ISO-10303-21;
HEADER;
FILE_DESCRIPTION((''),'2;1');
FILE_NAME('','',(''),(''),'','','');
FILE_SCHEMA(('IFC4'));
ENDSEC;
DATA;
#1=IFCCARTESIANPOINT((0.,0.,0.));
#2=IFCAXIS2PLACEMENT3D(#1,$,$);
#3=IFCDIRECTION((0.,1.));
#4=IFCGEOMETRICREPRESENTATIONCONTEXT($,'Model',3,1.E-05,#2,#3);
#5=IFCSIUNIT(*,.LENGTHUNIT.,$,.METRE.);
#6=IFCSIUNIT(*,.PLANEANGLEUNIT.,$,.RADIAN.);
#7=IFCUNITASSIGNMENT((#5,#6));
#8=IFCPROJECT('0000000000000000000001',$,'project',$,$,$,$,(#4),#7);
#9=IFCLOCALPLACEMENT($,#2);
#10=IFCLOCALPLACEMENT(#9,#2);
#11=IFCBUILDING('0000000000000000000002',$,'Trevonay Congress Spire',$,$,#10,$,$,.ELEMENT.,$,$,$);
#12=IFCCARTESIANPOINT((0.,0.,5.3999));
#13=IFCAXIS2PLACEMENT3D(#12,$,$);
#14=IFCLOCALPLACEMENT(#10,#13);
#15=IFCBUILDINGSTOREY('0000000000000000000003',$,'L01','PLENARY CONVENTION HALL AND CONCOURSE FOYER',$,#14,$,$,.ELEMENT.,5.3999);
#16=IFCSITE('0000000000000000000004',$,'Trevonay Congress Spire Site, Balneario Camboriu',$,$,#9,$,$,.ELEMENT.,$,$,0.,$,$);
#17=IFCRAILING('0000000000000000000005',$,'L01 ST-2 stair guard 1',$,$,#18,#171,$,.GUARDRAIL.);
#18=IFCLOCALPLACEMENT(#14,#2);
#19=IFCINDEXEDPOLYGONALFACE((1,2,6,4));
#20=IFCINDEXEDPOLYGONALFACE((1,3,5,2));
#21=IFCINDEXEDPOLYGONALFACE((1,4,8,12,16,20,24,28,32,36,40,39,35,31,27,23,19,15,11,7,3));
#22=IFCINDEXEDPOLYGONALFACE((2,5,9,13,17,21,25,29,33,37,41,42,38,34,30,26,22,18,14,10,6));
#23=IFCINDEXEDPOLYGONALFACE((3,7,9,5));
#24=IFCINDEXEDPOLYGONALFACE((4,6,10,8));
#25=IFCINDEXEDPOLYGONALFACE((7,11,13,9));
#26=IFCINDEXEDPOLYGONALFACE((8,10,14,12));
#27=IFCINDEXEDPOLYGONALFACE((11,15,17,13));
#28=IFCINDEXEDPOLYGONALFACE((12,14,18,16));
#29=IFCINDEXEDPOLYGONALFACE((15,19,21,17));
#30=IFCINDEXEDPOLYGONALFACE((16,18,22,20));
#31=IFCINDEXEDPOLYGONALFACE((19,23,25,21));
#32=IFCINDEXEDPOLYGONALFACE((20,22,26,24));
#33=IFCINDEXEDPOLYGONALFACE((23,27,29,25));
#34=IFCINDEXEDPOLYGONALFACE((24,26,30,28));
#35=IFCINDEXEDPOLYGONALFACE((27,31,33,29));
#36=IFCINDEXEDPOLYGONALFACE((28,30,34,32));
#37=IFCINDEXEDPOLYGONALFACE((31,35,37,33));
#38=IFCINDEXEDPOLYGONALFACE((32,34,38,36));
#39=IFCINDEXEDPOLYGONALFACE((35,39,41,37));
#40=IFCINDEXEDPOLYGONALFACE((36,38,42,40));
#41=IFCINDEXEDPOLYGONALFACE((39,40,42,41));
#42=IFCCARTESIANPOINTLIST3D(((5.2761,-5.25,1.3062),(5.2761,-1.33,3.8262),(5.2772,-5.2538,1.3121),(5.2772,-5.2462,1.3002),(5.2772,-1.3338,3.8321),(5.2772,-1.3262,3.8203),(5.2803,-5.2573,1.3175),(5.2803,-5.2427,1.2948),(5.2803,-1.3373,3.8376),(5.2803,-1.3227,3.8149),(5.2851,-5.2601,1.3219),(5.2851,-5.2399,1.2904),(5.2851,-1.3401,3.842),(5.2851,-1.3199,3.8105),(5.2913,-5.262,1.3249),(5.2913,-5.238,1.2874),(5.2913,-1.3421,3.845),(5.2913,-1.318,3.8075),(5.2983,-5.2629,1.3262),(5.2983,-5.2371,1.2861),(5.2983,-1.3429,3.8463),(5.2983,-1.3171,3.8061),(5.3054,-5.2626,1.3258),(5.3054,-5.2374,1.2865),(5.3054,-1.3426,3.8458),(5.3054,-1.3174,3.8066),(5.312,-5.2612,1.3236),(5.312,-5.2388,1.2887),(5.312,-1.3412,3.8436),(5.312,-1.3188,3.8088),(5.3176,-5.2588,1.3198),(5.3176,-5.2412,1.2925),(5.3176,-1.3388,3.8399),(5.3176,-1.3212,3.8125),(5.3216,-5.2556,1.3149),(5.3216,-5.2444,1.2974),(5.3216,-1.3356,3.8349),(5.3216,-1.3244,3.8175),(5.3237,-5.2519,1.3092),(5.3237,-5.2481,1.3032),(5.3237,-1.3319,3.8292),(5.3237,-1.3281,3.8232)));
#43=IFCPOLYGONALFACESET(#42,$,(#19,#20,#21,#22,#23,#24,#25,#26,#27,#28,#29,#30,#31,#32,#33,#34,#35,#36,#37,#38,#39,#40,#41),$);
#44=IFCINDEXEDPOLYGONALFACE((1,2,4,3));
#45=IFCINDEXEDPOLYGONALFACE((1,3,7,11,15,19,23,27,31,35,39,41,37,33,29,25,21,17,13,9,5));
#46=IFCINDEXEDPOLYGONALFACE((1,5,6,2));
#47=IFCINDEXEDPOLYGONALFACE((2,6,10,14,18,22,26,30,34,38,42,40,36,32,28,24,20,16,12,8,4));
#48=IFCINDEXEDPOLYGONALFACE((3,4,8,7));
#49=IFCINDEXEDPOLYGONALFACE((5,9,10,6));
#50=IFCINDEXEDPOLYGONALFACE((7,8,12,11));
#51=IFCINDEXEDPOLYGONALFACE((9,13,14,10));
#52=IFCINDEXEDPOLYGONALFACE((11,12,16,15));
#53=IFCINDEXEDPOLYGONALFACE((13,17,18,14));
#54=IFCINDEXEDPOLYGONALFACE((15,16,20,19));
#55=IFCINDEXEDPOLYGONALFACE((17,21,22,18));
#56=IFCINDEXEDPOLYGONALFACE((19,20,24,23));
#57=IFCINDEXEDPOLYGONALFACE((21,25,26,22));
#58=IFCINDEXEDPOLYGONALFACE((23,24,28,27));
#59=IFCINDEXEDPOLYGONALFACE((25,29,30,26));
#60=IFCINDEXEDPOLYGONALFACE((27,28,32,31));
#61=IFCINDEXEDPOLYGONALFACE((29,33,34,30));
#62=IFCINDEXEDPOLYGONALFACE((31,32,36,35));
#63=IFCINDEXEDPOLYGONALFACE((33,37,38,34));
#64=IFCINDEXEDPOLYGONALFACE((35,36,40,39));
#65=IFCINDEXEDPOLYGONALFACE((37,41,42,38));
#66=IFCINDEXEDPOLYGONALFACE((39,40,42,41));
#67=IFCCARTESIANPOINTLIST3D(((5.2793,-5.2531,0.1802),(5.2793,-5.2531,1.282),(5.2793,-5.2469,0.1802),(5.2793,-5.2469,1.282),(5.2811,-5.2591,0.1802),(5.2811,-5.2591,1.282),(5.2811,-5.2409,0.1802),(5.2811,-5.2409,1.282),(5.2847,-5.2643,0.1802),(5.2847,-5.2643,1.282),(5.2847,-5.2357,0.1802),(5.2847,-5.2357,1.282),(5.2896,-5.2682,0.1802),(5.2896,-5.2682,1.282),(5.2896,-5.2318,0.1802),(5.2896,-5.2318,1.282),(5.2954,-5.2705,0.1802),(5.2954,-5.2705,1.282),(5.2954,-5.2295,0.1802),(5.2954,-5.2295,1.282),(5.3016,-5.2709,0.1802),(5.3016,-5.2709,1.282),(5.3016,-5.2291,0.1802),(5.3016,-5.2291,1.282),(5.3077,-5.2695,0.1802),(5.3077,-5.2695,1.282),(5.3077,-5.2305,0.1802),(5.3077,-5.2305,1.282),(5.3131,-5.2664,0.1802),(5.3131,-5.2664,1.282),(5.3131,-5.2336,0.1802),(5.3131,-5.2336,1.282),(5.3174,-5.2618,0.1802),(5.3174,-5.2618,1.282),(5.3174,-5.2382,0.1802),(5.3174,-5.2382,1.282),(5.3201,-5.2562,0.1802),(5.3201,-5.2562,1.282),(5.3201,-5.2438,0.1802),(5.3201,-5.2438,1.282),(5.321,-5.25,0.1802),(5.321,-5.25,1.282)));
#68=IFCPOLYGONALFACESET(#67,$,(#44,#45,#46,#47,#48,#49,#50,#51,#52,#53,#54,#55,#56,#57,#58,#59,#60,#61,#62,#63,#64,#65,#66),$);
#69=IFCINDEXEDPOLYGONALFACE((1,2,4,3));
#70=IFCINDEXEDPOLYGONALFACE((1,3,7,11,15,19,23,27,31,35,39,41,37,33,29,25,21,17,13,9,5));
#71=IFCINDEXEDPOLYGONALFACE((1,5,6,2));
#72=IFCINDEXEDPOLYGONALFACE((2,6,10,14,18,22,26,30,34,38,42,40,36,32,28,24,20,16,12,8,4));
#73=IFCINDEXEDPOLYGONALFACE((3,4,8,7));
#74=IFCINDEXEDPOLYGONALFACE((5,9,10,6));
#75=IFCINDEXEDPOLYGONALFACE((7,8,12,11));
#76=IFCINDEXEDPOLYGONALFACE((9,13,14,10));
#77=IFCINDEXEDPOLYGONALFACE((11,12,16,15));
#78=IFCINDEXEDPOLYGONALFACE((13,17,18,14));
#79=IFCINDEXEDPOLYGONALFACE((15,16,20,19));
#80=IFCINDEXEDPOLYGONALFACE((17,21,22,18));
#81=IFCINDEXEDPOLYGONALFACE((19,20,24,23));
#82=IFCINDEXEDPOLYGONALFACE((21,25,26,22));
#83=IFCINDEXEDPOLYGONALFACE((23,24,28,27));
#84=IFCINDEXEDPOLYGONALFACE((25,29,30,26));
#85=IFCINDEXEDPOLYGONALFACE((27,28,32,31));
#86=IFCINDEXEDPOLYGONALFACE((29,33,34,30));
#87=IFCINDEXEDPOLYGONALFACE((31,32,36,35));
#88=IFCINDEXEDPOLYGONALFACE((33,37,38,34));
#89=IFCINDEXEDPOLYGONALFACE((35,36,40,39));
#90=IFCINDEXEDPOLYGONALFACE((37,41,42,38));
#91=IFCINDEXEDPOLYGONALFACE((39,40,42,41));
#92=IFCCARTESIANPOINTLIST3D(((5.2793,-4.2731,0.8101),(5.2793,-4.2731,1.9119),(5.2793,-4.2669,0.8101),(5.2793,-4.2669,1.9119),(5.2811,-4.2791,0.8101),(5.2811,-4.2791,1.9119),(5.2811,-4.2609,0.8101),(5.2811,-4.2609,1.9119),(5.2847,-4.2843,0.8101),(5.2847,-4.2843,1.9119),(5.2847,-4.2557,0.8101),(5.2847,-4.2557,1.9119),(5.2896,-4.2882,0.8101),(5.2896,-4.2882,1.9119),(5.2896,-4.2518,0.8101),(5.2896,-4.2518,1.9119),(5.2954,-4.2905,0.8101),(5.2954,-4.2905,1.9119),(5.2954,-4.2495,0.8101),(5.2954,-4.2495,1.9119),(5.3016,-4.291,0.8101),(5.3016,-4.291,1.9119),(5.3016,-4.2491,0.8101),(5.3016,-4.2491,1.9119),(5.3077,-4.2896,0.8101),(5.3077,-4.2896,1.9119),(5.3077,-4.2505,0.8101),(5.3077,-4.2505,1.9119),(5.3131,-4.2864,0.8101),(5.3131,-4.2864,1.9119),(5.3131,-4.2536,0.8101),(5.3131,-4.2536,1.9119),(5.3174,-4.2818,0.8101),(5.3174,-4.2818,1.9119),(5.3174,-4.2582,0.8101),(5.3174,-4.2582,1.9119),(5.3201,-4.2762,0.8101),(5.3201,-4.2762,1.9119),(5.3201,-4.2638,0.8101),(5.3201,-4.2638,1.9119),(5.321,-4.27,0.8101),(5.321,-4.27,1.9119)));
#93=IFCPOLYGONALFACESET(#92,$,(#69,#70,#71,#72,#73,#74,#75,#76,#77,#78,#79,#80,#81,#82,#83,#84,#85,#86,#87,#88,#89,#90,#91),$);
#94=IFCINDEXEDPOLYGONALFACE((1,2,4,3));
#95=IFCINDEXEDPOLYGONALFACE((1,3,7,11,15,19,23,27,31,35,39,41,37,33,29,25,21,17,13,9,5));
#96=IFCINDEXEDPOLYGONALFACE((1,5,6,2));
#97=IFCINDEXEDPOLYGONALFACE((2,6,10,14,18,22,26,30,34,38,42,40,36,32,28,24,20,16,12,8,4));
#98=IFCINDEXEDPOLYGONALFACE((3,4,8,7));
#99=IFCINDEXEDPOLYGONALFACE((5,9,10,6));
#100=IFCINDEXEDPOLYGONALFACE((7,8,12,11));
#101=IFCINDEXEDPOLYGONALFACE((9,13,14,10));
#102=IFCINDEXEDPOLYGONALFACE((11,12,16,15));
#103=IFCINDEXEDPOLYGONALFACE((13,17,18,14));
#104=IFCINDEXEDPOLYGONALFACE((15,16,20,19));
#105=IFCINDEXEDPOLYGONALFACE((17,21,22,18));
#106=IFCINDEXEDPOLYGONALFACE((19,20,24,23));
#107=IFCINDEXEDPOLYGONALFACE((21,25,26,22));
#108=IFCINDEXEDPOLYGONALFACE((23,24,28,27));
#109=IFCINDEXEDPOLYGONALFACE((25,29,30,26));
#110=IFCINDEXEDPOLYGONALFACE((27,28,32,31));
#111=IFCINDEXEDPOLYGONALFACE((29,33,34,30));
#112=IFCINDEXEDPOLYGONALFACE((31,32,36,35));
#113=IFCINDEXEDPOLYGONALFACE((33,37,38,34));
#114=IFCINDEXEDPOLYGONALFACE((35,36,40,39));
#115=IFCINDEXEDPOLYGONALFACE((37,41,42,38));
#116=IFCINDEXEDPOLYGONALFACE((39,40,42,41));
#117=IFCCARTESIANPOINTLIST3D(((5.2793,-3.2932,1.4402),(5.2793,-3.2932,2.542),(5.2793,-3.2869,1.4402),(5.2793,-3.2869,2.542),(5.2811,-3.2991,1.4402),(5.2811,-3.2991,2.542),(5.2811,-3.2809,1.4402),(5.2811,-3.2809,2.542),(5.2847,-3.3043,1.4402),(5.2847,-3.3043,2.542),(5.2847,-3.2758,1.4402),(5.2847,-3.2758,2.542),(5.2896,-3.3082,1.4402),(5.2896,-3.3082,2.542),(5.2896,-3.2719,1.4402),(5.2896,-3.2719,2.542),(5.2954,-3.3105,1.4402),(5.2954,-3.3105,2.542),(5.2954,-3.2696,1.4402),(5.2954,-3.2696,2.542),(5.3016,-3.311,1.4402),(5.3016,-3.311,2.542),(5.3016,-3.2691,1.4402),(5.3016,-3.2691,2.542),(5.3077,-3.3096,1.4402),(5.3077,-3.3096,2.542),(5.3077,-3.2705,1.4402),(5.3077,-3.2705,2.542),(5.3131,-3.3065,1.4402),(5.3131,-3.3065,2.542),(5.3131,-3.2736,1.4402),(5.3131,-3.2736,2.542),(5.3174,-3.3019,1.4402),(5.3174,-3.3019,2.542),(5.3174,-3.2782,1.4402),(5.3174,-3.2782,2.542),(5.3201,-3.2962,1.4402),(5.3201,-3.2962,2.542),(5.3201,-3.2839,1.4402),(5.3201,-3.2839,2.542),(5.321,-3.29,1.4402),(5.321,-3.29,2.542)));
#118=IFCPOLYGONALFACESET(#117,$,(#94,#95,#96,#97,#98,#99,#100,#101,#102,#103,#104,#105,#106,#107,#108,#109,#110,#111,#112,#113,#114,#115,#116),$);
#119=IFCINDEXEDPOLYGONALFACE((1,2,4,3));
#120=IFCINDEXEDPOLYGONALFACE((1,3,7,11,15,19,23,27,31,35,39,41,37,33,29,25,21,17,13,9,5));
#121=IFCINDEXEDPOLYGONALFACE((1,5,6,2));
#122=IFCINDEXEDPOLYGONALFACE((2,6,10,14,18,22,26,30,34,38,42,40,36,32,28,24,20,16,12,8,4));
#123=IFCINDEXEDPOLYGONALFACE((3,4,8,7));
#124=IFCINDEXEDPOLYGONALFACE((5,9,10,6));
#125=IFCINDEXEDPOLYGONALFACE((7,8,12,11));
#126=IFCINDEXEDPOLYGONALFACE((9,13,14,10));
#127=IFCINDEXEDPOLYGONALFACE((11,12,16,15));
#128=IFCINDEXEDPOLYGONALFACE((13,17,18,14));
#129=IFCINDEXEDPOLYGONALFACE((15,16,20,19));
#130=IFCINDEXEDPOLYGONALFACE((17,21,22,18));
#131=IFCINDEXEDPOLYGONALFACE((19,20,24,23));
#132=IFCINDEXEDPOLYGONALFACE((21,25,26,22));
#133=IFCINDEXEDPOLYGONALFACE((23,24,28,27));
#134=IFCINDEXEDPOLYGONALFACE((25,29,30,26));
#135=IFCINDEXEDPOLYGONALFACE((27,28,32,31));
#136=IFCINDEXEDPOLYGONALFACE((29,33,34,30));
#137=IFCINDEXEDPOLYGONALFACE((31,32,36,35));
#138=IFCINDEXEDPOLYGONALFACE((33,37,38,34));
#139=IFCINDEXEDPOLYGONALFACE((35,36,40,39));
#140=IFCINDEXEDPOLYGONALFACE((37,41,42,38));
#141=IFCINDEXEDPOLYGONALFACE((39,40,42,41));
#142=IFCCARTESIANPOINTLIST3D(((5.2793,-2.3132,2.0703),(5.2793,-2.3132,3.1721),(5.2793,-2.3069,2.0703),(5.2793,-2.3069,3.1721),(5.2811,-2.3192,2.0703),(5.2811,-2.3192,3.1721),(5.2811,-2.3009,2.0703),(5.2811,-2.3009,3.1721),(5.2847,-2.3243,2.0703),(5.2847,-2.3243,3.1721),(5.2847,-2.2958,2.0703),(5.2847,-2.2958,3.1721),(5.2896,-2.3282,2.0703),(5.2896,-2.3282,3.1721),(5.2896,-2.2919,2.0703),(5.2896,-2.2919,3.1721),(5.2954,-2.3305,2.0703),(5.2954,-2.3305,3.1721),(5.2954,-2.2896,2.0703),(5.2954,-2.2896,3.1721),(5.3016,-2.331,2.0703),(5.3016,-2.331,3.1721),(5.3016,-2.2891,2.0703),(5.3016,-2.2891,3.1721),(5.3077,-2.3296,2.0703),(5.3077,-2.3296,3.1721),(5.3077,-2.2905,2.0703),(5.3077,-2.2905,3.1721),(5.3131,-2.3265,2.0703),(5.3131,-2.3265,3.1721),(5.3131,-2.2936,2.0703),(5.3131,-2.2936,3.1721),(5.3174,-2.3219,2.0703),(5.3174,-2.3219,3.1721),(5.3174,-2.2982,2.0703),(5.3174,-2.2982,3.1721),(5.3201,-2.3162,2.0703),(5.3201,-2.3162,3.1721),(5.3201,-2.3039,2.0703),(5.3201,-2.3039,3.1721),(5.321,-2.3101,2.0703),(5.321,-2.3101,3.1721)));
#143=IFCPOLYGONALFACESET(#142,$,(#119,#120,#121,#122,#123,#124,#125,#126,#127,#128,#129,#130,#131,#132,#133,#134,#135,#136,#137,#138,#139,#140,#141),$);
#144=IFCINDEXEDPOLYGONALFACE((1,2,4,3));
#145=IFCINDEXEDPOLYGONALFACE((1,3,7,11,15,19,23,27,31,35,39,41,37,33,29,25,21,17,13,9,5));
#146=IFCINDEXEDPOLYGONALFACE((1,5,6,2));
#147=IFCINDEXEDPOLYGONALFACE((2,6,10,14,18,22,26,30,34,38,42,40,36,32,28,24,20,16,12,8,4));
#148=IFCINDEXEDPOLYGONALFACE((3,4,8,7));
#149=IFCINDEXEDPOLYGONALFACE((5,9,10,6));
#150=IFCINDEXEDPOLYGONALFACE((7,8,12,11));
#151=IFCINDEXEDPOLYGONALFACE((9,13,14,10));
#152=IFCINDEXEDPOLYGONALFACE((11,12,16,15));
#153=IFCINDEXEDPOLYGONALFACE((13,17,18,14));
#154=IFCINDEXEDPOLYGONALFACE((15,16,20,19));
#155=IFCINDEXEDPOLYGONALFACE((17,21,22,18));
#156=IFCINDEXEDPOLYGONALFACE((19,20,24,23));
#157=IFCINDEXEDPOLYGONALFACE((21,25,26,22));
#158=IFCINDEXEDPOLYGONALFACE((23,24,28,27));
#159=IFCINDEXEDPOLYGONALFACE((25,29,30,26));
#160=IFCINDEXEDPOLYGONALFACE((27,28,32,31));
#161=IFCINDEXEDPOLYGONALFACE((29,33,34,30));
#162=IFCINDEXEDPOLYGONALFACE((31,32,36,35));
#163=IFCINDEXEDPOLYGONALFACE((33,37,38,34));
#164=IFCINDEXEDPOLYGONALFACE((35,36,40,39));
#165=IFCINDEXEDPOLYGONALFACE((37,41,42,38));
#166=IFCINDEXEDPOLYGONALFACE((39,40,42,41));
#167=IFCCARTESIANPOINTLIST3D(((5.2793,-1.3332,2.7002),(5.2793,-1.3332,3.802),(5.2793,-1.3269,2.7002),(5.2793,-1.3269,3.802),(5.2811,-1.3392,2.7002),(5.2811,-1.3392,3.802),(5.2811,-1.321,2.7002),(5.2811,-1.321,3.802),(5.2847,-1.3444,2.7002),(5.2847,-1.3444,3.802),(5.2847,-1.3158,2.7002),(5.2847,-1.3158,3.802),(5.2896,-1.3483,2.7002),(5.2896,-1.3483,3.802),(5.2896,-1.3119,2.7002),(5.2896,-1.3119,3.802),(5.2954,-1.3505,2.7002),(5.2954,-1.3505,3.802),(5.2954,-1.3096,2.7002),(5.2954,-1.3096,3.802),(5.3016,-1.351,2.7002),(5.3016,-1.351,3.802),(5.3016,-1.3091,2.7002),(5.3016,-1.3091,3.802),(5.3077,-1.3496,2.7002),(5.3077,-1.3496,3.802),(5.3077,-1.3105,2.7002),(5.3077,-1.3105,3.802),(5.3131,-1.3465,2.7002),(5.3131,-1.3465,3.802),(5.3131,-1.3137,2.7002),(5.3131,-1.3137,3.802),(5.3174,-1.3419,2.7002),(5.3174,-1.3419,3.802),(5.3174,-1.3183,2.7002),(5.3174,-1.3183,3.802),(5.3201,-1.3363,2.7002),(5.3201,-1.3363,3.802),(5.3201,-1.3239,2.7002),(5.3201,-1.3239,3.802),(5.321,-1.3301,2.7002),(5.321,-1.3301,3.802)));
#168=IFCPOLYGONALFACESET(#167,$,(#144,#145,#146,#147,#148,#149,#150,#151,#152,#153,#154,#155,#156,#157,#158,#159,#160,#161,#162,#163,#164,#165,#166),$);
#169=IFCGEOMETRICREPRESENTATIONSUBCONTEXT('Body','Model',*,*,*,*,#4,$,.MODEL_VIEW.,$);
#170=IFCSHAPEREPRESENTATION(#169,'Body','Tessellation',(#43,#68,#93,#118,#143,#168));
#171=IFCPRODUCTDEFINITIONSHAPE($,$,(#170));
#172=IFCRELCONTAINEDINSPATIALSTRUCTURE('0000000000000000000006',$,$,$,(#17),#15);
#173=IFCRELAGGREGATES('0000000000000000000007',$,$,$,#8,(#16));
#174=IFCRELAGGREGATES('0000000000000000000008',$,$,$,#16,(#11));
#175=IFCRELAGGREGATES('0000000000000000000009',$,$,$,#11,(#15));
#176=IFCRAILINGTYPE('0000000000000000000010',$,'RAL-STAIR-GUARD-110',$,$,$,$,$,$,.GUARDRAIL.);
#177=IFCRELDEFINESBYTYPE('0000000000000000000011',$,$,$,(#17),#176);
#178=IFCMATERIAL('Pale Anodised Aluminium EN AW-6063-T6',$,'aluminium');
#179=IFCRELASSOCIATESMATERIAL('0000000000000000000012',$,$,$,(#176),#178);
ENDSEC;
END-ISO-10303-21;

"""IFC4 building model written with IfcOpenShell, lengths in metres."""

from ifc_helpers import new_model, si_unit, direction, frame, origin, origin_2d, place, context, subcontext, project, spatial, circle, extrude, material, type_object, element, save


model = new_model("IFC4")

# Units and contexts
model_context = context("Model", 3, precision=1e-05, world=origin(), true_north=direction((0.0, 1.0)))
body_context = subcontext(model_context, "Body", "Model", "MODEL_VIEW")
ifc_project = project(units=[si_unit("LENGTHUNIT", "METRE"), si_unit("PLANEANGLEUNIT", "RADIAN")], contexts=[model_context])

# Site, building, storey
site_placement = place(None, origin())
site = spatial("IfcSite", under=ifc_project, at=site_placement, Name="Trevonay Congress Spire Site, Balneario Camboriu", CompositionType="ELEMENT", RefElevation=0.0)
building_placement = place(site_placement, origin())
building = spatial("IfcBuilding", under=site, at=building_placement, Name="Trevonay Congress Spire", CompositionType="ELEMENT")
storey_placement = place(building_placement, frame((0.0, 0.0, 5.3999)))
storey = spatial("IfcBuildingStorey", under=building, at=storey_placement, Name="L01", Description="PLENARY CONVENTION HALL AND CONCOURSE FOYER", CompositionType="ELEMENT", Elevation=5.3999)

# Railing
ifc_material_1 = material(Name="Pale Anodised Aluminium EN AW-6063-T6", Category="aluminium")
railing_type_1 = type_object("IfcRailingType", Name="RAL-STAIR-GUARD-110", PredefinedType="GUARDRAIL", material=ifc_material_1)
railing_1_placement = place(storey_placement, frame((5.3, -5.25, 0.1802)))
element("IfcRailing", 1, at=railing_1_placement, inside=storey, type_object=railing_type_1, Name="L01 ST-2 stair guard 1", PredefinedType="GUARDRAIL", context=body_context, shape_type="SweptSolid", body=[
    extrude(circle(Radius=0.0239, at=origin_2d()), frame((0.0, 0.0, 1.126), z_axis=(0.0, 0.841172, 0.540768), x_axis=(-1.0, 0.0, 0.0)), (0.0, 0.0, 1.0), 4.6602),
    extrude(circle(Radius=0.021, at=origin_2d()), origin(), (0.0, 0.0, 1.0), 1.1018),
    extrude(circle(Radius=0.021, at=origin_2d()), frame((0.0, 0.98, 0.6299)), (0.0, 0.0, 1.0), 1.1018),
    extrude(circle(Radius=0.021, at=origin_2d()), frame((0.0, 1.96, 1.26)), (0.0, 0.0, 1.0), 1.1018),
    extrude(circle(Radius=0.021, at=origin_2d()), frame((0.0, 2.9399, 1.8901)), (0.0, 0.0, 1.0), 1.1018),
    extrude(circle(Radius=0.021, at=origin_2d()), frame((0.0, 3.9199, 2.52)), (0.0, 0.0, 1.0), 1.1018),
])

save(model, "model.ifc")
